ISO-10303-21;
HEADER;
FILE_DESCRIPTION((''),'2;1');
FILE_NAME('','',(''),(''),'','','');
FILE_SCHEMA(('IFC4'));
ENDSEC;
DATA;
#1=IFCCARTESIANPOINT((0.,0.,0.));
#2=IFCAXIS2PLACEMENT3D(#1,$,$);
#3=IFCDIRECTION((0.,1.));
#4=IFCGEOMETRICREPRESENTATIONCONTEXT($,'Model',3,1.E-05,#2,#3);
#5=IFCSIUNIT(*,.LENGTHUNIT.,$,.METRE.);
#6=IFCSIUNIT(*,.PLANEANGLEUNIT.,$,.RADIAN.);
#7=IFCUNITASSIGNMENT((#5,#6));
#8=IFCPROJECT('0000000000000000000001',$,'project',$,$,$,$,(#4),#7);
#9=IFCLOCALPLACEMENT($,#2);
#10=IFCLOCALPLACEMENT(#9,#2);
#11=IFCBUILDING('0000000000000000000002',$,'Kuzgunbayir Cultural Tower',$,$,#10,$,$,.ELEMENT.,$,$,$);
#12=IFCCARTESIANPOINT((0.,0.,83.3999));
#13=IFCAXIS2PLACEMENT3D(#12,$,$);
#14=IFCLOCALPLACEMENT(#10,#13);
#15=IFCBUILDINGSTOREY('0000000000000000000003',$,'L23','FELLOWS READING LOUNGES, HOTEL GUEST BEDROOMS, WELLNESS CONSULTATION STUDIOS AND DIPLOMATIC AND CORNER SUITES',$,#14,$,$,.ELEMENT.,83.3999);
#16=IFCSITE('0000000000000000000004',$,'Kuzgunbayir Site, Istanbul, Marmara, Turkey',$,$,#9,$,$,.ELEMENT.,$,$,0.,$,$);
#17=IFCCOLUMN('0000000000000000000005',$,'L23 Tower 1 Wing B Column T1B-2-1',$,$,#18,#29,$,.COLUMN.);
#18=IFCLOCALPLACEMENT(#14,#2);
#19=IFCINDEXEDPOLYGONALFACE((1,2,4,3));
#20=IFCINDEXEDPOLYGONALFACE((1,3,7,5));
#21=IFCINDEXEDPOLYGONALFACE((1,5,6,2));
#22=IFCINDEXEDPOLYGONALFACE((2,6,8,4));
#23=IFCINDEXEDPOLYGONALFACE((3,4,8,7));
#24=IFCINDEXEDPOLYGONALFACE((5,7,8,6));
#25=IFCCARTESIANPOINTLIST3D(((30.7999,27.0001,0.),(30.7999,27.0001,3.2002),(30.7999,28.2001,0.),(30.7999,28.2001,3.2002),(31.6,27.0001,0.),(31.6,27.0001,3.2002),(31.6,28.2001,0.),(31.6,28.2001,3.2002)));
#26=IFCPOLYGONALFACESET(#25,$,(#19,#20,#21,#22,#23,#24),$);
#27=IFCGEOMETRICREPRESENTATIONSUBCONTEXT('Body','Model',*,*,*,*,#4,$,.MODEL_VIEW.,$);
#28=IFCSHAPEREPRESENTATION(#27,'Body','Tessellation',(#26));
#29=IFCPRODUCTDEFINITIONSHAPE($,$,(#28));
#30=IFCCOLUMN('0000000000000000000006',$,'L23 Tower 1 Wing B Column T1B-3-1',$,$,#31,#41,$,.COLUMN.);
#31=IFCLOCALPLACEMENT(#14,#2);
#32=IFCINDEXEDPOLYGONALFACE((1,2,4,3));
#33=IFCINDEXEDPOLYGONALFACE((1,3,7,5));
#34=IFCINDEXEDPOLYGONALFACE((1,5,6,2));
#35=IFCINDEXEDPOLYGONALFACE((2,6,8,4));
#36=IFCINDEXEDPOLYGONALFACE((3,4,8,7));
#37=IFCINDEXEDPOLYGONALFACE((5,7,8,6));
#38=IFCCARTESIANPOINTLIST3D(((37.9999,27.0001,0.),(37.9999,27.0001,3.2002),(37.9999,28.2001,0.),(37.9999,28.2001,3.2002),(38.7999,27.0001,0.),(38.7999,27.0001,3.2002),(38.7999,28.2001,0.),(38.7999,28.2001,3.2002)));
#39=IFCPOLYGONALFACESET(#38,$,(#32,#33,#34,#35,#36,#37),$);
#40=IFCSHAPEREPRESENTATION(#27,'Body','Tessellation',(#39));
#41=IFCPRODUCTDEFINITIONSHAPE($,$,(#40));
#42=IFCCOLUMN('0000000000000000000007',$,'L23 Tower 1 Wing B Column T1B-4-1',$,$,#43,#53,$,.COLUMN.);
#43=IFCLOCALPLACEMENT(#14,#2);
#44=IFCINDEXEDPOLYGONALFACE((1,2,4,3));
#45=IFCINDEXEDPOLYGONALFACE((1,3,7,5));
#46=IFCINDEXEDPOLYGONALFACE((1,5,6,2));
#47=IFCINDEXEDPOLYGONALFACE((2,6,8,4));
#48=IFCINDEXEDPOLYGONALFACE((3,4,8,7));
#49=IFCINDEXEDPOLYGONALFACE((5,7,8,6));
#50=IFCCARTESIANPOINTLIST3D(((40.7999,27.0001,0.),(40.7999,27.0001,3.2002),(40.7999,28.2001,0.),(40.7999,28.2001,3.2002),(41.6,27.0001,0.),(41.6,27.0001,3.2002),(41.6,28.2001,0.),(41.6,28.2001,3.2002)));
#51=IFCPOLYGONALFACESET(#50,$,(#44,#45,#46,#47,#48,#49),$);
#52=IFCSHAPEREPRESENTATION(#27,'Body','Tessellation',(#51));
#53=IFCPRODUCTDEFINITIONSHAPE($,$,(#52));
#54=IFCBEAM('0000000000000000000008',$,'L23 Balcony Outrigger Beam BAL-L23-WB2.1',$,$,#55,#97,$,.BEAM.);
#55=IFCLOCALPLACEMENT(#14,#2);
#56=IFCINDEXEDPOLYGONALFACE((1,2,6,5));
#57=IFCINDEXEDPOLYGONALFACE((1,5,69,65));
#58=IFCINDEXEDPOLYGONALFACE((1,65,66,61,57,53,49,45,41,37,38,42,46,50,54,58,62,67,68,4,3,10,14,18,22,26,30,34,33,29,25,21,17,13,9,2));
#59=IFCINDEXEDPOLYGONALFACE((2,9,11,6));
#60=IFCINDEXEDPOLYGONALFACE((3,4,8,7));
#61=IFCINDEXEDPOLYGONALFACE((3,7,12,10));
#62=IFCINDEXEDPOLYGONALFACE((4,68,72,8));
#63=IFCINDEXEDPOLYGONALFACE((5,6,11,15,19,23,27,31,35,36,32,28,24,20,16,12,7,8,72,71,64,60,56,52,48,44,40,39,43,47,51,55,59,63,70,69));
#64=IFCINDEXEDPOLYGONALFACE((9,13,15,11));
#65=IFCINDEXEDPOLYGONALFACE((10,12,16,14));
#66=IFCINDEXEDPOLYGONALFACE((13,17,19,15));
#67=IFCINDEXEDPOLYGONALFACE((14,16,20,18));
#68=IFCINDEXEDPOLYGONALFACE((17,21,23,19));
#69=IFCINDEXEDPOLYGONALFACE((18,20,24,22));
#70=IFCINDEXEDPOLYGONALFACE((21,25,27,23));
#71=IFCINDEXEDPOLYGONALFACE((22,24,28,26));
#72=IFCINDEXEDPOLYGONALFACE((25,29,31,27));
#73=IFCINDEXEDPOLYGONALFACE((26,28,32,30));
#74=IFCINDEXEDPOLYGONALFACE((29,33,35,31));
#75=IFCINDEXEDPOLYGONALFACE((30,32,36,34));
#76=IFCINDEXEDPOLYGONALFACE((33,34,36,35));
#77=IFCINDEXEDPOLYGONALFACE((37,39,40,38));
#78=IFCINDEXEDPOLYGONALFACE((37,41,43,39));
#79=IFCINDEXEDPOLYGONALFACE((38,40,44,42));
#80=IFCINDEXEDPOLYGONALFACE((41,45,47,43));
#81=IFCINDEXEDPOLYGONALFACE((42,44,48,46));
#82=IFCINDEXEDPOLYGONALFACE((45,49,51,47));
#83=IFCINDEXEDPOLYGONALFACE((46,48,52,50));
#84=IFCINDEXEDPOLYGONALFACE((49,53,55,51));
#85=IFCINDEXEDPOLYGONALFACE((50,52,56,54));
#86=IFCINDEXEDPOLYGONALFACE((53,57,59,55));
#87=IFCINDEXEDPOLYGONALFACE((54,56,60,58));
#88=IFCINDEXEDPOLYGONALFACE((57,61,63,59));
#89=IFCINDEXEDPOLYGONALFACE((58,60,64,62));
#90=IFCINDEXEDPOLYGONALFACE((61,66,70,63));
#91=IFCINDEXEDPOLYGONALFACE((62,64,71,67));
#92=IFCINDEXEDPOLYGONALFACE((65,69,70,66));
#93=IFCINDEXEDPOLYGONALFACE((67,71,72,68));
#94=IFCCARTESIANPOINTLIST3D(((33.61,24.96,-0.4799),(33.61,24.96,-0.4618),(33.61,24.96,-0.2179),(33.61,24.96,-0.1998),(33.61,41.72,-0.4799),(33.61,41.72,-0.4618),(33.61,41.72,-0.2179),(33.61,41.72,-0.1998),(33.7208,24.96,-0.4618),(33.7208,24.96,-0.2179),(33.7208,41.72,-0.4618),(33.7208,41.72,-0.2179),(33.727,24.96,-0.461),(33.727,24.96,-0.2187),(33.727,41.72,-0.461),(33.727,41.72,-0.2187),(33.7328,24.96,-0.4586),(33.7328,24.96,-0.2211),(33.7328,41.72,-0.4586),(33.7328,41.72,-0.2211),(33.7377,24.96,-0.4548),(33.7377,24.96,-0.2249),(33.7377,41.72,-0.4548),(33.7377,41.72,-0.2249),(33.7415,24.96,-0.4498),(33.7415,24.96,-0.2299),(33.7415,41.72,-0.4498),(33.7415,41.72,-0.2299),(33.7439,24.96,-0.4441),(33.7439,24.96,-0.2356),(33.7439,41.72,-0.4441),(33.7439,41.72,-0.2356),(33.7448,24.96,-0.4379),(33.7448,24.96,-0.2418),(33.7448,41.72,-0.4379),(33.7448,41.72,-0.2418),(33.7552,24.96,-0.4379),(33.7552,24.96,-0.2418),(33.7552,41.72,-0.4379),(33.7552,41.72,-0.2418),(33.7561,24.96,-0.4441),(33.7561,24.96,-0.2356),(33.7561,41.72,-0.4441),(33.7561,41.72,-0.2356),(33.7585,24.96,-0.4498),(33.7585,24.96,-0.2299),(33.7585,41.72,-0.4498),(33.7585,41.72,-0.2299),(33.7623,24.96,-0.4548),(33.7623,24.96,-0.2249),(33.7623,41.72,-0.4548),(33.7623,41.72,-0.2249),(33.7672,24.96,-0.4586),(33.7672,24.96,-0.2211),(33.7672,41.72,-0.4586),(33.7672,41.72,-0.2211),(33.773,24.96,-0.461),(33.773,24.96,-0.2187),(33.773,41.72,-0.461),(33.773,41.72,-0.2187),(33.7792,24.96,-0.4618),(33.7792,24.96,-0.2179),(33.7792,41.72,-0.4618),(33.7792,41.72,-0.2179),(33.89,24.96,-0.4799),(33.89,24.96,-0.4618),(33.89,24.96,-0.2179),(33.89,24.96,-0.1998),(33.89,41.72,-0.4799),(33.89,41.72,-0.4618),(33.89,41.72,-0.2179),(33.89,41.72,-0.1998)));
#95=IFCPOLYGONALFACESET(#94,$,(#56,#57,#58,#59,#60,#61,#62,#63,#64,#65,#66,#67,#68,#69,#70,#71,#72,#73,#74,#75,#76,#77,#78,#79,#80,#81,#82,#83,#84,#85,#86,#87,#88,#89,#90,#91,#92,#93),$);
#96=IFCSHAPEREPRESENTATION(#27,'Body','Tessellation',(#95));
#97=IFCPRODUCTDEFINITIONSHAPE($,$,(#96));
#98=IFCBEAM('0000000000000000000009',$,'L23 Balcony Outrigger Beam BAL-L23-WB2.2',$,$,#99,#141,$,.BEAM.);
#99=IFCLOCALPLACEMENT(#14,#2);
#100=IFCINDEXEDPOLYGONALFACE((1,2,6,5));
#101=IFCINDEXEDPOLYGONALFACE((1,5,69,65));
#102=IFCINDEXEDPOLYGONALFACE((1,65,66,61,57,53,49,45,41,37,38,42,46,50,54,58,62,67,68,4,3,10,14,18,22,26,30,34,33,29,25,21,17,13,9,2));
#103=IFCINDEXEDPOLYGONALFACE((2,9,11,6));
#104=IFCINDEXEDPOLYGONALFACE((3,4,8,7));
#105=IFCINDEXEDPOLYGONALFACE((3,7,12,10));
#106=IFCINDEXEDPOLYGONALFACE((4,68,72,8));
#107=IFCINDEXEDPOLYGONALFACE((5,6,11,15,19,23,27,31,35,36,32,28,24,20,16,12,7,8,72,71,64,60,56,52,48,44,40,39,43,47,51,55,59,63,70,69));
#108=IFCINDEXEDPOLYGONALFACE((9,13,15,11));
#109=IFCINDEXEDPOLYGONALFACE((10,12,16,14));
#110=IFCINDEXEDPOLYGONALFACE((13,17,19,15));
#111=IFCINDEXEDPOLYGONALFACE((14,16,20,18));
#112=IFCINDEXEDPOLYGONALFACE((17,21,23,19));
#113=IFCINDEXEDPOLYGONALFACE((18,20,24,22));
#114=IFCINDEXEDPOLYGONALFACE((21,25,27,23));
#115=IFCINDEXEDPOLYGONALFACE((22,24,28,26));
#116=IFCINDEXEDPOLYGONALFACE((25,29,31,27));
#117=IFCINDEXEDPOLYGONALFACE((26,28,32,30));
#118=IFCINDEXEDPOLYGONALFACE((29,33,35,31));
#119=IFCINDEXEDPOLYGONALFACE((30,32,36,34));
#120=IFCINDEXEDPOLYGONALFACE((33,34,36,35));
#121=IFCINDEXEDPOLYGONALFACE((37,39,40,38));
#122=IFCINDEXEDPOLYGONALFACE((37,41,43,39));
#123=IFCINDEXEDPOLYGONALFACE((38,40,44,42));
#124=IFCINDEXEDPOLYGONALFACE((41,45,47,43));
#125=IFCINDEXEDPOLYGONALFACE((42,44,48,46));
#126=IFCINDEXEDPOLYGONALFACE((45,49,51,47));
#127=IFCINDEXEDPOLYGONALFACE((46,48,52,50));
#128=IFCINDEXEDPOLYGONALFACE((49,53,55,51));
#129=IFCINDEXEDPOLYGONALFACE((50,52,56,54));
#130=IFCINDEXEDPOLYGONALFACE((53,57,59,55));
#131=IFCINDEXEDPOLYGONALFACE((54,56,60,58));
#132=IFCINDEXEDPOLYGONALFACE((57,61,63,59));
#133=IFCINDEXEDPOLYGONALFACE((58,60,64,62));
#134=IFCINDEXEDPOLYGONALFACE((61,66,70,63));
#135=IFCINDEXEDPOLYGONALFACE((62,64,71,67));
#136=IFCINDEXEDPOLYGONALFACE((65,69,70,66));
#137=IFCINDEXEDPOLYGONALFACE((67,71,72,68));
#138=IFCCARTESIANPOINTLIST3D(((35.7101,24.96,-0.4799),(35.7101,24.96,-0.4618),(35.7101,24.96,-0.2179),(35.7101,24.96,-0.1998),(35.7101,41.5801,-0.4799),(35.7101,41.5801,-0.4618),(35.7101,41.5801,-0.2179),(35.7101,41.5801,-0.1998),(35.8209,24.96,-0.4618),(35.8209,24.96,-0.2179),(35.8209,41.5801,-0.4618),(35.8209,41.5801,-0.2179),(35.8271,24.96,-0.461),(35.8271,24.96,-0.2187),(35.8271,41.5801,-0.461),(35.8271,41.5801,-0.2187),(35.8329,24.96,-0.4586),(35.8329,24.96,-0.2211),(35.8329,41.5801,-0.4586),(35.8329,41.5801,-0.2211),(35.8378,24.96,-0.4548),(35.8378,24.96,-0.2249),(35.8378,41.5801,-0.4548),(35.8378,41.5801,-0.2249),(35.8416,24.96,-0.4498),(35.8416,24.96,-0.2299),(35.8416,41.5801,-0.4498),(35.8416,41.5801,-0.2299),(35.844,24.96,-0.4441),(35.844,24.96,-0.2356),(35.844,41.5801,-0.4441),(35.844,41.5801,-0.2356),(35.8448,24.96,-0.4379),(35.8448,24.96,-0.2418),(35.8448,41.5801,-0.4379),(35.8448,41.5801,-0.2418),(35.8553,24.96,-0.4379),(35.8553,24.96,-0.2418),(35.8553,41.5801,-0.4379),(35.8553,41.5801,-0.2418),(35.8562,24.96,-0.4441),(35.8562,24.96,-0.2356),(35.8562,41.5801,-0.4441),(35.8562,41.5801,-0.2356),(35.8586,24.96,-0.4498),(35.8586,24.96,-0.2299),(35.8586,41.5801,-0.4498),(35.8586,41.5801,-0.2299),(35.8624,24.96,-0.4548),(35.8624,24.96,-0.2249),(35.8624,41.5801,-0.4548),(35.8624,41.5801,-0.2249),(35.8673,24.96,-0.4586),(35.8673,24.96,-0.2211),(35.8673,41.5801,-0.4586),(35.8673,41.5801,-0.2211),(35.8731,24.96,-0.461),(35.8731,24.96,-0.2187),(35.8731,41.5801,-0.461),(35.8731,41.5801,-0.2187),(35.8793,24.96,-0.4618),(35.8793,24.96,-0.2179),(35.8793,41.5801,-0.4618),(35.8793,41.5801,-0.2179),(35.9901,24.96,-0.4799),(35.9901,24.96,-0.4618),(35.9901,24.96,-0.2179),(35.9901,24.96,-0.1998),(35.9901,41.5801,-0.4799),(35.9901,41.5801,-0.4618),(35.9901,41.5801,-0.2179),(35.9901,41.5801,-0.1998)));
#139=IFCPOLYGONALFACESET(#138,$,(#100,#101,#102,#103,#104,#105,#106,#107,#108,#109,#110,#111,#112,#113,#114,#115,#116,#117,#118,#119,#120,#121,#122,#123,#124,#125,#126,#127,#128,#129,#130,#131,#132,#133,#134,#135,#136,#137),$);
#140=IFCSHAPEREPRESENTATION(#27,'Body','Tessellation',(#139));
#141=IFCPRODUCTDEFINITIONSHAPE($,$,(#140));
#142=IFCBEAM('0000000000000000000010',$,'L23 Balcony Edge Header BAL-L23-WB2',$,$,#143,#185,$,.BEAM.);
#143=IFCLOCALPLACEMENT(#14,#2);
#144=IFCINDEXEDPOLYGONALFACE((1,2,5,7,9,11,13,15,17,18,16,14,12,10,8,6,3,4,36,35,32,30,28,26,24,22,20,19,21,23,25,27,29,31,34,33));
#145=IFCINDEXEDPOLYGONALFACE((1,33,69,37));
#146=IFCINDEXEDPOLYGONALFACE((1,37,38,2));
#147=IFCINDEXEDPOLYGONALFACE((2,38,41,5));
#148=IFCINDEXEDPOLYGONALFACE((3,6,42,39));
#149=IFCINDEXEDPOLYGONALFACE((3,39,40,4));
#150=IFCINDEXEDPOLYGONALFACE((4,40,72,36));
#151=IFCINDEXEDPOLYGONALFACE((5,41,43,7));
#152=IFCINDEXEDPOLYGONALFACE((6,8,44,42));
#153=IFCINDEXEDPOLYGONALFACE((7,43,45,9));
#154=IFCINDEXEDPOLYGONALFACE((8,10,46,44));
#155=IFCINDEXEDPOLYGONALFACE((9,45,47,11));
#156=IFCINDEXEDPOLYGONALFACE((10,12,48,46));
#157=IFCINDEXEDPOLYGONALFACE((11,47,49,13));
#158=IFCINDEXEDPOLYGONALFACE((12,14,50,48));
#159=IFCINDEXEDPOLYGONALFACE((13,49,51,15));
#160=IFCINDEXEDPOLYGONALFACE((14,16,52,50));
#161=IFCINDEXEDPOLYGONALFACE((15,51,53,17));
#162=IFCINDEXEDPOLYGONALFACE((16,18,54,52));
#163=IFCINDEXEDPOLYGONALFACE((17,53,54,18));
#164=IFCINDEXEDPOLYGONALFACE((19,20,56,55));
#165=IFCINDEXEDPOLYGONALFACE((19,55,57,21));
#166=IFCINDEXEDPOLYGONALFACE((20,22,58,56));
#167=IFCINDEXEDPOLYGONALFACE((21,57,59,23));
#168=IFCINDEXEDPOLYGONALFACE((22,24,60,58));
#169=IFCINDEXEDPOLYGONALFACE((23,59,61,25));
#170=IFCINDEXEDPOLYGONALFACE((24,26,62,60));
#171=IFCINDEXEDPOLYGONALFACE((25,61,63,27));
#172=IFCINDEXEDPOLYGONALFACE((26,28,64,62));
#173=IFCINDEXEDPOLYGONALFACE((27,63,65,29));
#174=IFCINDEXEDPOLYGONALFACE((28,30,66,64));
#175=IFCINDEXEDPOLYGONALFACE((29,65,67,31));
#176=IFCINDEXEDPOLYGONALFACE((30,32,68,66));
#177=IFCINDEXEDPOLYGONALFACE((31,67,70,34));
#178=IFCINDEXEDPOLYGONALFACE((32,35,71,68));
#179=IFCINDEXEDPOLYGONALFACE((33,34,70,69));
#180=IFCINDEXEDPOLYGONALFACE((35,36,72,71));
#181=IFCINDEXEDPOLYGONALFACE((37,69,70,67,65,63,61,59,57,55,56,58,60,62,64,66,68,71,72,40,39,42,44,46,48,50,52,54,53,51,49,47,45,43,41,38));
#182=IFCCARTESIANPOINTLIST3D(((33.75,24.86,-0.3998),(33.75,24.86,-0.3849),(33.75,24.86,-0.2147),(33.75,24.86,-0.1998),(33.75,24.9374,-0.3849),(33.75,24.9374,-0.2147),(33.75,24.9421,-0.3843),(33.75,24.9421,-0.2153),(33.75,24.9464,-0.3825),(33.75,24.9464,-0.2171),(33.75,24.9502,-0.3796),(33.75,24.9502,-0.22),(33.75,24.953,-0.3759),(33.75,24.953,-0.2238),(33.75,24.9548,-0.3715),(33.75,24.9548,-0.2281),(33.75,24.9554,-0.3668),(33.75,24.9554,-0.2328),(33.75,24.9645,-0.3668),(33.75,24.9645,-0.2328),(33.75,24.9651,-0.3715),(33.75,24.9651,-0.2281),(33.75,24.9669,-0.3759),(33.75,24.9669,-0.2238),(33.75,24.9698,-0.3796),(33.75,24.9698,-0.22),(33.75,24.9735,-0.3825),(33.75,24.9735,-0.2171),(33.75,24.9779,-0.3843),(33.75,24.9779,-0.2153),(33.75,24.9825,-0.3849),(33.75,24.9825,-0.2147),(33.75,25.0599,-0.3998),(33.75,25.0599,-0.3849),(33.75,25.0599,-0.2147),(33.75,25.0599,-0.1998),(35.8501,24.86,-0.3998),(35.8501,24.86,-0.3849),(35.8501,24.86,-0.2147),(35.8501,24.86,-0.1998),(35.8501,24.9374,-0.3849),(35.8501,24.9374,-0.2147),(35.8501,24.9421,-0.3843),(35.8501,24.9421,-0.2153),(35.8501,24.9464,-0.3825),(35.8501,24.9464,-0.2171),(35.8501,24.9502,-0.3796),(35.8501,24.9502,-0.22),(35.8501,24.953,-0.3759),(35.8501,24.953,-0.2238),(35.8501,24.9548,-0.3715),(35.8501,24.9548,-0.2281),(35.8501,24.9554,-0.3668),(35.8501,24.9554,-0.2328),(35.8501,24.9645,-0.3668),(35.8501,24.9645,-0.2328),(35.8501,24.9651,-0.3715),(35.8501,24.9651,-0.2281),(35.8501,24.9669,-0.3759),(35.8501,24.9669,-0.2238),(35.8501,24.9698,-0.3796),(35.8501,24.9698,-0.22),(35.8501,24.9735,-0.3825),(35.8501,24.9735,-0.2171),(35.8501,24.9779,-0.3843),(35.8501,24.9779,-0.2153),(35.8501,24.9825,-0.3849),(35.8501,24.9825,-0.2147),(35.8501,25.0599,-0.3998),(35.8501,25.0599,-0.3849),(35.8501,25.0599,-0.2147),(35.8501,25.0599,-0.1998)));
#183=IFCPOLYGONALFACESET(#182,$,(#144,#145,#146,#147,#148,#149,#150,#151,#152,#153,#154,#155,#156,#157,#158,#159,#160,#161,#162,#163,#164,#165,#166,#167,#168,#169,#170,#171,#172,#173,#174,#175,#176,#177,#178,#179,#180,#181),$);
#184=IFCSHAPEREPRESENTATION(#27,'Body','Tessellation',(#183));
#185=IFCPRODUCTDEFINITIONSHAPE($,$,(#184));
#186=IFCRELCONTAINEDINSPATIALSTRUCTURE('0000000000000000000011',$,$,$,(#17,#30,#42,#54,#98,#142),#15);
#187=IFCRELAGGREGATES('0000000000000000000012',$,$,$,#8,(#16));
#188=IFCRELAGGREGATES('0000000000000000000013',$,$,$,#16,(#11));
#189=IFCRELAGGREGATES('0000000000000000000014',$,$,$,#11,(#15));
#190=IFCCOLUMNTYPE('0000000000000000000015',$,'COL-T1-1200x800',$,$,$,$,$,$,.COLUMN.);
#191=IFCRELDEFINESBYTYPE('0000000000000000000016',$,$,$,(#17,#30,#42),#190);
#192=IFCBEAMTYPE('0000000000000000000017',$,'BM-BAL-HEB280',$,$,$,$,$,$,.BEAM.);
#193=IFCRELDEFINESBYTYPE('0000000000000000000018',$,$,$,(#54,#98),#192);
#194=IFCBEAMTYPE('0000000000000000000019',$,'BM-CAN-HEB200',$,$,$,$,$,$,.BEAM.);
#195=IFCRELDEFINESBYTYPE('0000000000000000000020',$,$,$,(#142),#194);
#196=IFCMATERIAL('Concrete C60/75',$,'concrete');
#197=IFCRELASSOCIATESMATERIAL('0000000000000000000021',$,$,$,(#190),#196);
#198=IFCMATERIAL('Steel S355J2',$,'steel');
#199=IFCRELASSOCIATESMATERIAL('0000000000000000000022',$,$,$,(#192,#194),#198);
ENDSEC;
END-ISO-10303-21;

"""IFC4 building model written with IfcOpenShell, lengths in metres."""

from ifc_helpers import new_model, si_unit, direction, frame, origin, origin_2d, place, context, subcontext, project, spatial, rectangle, i_section, extrude, material, material_profile, profile_set, type_object, element, save


model = new_model("IFC4")

# Units and contexts
model_context = context("Model", 3, precision=1e-05, world=origin(), true_north=direction((0.0, 1.0)))
body_context = subcontext(model_context, "Body", "Model", "MODEL_VIEW")
ifc_project = project(units=[si_unit("LENGTHUNIT", "METRE"), si_unit("PLANEANGLEUNIT", "RADIAN")], contexts=[model_context])

# Site, building, storey
site_placement = place(None, origin())
site = spatial("IfcSite", under=ifc_project, at=site_placement, Name="Kuzgunbayir Site, Istanbul, Marmara, Turkey", CompositionType="ELEMENT", RefElevation=0.0)
building_placement = place(site_placement, origin())
building = spatial("IfcBuilding", under=site, at=building_placement, Name="Kuzgunbayir Cultural Tower", CompositionType="ELEMENT")
storey_placement = place(building_placement, frame((0.0, 0.0, 83.3999)))
storey = spatial("IfcBuildingStorey", under=building, at=storey_placement, Name="L23", Description="FELLOWS READING LOUNGES, HOTEL GUEST BEDROOMS, WELLNESS CONSULTATION STUDIOS AND DIPLOMATIC AND CORNER SUITES", CompositionType="ELEMENT", Elevation=83.3999)

# Columns
ifc_material_1 = material(Name="Concrete C60/75", Category="concrete")
ifc_material_profile_1 = material_profile(ifc_material_1, rectangle(XDim=0.8, YDim=1.2, at=origin_2d()), Name="RC 1200x800")
ifc_profile_set_1 = profile_set([ifc_material_profile_1], Name="Concrete C60/75")
column_type = type_object("IfcColumnType", Name="COL-T1-1200x800", PredefinedType="COLUMN", material=ifc_profile_set_1)
for number, where, z_axis, x_axis, name in (
    (1, (31.2, 27.6001, 0.0), (0.0, 0.0, 1.0), (1.0, 0.0, 0.0), "L23 Tower 1 Wing B Column T1B-2-1"),
    (2, (38.3999, 27.6001, 0.0), (0.0, 0.0, 1.0), (1.0, 0.0, 0.0), "L23 Tower 1 Wing B Column T1B-3-1"),
    (3, (41.2, 27.6001, 0.0), (0.0, 0.0, 1.0), (1.0, 0.0, 0.0), "L23 Tower 1 Wing B Column T1B-4-1"),
):
    element("IfcColumn", number, at=place(storey_placement, frame(where, z_axis=z_axis, x_axis=x_axis)), inside=storey, type_object=column_type, Name=name, PredefinedType="COLUMN", context=body_context, shape_type="SweptSolid", body=[
        extrude(rectangle(XDim=0.8, YDim=1.2, at=origin_2d()), origin(), (0.0, 0.0, 1.0), 3.2002),
    ])

# Beams
ifc_material_2 = material(Name="Steel S355J2", Category="steel")
ifc_material_profile_2 = material_profile(ifc_material_2, i_section(OverallWidth=0.28, OverallDepth=0.28, WebThickness=0.0105, FlangeThickness=0.0181, FilletRadius=0.0239, at=origin_2d()), Name="HEB 280")
ifc_profile_set_2 = profile_set([ifc_material_profile_2], Name="Steel S355J2")
beam_type_1 = type_object("IfcBeamType", Name="BM-BAL-HEB280", PredefinedType="BEAM", material=ifc_profile_set_2)
beam_1_placement = place(storey_placement, frame((33.75, 24.96, -0.3398), z_axis=(0.0, 1.0, 0.0), x_axis=(-1.0, 0.0, 0.0)))
element("IfcBeam", 4, at=beam_1_placement, inside=storey, type_object=beam_type_1, Name="L23 Balcony Outrigger Beam BAL-L23-WB2.1", PredefinedType="BEAM", context=body_context, shape_type="SweptSolid", body=[
    extrude(i_section(OverallWidth=0.28, OverallDepth=0.28, WebThickness=0.0105, FlangeThickness=0.0181, FilletRadius=0.0239, at=origin_2d()), origin(), (0.0, 0.0, 1.0), 16.76),
])
beam_2_placement = place(storey_placement, frame((35.8501, 24.96, -0.3398), z_axis=(0.0, 1.0, 0.0), x_axis=(-1.0, 0.0, 0.0)))
element("IfcBeam", 5, at=beam_2_placement, inside=storey, type_object=beam_type_1, Name="L23 Balcony Outrigger Beam BAL-L23-WB2.2", PredefinedType="BEAM", context=body_context, shape_type="SweptSolid", body=[
    extrude(i_section(OverallWidth=0.28, OverallDepth=0.28, WebThickness=0.0105, FlangeThickness=0.0181, FilletRadius=0.0239, at=origin_2d()), origin(), (0.0, 0.0, 1.0), 16.6201),
])
ifc_material_profile_3 = material_profile(ifc_material_2, i_section(OverallWidth=0.2, OverallDepth=0.2, WebThickness=0.009, FlangeThickness=0.0149, FilletRadius=0.0181, at=origin_2d()), Name="HEB 200")
ifc_profile_set_3 = profile_set([ifc_material_profile_3], Name="Steel S355J2")
beam_type_2 = type_object("IfcBeamType", Name="BM-CAN-HEB200", PredefinedType="BEAM", material=ifc_profile_set_3)
beam_3_placement = place(storey_placement, frame((33.75, 24.96, -0.2998), z_axis=(1.0, 0.0, 0.0), x_axis=(0.0, 1.0, 0.0)))
element("IfcBeam", 6, at=beam_3_placement, inside=storey, type_object=beam_type_2, Name="L23 Balcony Edge Header BAL-L23-WB2", PredefinedType="BEAM", context=body_context, shape_type="SweptSolid", body=[
    extrude(i_section(OverallWidth=0.2, OverallDepth=0.2, WebThickness=0.009, FlangeThickness=0.0149, FilletRadius=0.0181, at=origin_2d()), origin(), (0.0, 0.0, 1.0), 2.1001),
])

save(model, "model.ifc")
